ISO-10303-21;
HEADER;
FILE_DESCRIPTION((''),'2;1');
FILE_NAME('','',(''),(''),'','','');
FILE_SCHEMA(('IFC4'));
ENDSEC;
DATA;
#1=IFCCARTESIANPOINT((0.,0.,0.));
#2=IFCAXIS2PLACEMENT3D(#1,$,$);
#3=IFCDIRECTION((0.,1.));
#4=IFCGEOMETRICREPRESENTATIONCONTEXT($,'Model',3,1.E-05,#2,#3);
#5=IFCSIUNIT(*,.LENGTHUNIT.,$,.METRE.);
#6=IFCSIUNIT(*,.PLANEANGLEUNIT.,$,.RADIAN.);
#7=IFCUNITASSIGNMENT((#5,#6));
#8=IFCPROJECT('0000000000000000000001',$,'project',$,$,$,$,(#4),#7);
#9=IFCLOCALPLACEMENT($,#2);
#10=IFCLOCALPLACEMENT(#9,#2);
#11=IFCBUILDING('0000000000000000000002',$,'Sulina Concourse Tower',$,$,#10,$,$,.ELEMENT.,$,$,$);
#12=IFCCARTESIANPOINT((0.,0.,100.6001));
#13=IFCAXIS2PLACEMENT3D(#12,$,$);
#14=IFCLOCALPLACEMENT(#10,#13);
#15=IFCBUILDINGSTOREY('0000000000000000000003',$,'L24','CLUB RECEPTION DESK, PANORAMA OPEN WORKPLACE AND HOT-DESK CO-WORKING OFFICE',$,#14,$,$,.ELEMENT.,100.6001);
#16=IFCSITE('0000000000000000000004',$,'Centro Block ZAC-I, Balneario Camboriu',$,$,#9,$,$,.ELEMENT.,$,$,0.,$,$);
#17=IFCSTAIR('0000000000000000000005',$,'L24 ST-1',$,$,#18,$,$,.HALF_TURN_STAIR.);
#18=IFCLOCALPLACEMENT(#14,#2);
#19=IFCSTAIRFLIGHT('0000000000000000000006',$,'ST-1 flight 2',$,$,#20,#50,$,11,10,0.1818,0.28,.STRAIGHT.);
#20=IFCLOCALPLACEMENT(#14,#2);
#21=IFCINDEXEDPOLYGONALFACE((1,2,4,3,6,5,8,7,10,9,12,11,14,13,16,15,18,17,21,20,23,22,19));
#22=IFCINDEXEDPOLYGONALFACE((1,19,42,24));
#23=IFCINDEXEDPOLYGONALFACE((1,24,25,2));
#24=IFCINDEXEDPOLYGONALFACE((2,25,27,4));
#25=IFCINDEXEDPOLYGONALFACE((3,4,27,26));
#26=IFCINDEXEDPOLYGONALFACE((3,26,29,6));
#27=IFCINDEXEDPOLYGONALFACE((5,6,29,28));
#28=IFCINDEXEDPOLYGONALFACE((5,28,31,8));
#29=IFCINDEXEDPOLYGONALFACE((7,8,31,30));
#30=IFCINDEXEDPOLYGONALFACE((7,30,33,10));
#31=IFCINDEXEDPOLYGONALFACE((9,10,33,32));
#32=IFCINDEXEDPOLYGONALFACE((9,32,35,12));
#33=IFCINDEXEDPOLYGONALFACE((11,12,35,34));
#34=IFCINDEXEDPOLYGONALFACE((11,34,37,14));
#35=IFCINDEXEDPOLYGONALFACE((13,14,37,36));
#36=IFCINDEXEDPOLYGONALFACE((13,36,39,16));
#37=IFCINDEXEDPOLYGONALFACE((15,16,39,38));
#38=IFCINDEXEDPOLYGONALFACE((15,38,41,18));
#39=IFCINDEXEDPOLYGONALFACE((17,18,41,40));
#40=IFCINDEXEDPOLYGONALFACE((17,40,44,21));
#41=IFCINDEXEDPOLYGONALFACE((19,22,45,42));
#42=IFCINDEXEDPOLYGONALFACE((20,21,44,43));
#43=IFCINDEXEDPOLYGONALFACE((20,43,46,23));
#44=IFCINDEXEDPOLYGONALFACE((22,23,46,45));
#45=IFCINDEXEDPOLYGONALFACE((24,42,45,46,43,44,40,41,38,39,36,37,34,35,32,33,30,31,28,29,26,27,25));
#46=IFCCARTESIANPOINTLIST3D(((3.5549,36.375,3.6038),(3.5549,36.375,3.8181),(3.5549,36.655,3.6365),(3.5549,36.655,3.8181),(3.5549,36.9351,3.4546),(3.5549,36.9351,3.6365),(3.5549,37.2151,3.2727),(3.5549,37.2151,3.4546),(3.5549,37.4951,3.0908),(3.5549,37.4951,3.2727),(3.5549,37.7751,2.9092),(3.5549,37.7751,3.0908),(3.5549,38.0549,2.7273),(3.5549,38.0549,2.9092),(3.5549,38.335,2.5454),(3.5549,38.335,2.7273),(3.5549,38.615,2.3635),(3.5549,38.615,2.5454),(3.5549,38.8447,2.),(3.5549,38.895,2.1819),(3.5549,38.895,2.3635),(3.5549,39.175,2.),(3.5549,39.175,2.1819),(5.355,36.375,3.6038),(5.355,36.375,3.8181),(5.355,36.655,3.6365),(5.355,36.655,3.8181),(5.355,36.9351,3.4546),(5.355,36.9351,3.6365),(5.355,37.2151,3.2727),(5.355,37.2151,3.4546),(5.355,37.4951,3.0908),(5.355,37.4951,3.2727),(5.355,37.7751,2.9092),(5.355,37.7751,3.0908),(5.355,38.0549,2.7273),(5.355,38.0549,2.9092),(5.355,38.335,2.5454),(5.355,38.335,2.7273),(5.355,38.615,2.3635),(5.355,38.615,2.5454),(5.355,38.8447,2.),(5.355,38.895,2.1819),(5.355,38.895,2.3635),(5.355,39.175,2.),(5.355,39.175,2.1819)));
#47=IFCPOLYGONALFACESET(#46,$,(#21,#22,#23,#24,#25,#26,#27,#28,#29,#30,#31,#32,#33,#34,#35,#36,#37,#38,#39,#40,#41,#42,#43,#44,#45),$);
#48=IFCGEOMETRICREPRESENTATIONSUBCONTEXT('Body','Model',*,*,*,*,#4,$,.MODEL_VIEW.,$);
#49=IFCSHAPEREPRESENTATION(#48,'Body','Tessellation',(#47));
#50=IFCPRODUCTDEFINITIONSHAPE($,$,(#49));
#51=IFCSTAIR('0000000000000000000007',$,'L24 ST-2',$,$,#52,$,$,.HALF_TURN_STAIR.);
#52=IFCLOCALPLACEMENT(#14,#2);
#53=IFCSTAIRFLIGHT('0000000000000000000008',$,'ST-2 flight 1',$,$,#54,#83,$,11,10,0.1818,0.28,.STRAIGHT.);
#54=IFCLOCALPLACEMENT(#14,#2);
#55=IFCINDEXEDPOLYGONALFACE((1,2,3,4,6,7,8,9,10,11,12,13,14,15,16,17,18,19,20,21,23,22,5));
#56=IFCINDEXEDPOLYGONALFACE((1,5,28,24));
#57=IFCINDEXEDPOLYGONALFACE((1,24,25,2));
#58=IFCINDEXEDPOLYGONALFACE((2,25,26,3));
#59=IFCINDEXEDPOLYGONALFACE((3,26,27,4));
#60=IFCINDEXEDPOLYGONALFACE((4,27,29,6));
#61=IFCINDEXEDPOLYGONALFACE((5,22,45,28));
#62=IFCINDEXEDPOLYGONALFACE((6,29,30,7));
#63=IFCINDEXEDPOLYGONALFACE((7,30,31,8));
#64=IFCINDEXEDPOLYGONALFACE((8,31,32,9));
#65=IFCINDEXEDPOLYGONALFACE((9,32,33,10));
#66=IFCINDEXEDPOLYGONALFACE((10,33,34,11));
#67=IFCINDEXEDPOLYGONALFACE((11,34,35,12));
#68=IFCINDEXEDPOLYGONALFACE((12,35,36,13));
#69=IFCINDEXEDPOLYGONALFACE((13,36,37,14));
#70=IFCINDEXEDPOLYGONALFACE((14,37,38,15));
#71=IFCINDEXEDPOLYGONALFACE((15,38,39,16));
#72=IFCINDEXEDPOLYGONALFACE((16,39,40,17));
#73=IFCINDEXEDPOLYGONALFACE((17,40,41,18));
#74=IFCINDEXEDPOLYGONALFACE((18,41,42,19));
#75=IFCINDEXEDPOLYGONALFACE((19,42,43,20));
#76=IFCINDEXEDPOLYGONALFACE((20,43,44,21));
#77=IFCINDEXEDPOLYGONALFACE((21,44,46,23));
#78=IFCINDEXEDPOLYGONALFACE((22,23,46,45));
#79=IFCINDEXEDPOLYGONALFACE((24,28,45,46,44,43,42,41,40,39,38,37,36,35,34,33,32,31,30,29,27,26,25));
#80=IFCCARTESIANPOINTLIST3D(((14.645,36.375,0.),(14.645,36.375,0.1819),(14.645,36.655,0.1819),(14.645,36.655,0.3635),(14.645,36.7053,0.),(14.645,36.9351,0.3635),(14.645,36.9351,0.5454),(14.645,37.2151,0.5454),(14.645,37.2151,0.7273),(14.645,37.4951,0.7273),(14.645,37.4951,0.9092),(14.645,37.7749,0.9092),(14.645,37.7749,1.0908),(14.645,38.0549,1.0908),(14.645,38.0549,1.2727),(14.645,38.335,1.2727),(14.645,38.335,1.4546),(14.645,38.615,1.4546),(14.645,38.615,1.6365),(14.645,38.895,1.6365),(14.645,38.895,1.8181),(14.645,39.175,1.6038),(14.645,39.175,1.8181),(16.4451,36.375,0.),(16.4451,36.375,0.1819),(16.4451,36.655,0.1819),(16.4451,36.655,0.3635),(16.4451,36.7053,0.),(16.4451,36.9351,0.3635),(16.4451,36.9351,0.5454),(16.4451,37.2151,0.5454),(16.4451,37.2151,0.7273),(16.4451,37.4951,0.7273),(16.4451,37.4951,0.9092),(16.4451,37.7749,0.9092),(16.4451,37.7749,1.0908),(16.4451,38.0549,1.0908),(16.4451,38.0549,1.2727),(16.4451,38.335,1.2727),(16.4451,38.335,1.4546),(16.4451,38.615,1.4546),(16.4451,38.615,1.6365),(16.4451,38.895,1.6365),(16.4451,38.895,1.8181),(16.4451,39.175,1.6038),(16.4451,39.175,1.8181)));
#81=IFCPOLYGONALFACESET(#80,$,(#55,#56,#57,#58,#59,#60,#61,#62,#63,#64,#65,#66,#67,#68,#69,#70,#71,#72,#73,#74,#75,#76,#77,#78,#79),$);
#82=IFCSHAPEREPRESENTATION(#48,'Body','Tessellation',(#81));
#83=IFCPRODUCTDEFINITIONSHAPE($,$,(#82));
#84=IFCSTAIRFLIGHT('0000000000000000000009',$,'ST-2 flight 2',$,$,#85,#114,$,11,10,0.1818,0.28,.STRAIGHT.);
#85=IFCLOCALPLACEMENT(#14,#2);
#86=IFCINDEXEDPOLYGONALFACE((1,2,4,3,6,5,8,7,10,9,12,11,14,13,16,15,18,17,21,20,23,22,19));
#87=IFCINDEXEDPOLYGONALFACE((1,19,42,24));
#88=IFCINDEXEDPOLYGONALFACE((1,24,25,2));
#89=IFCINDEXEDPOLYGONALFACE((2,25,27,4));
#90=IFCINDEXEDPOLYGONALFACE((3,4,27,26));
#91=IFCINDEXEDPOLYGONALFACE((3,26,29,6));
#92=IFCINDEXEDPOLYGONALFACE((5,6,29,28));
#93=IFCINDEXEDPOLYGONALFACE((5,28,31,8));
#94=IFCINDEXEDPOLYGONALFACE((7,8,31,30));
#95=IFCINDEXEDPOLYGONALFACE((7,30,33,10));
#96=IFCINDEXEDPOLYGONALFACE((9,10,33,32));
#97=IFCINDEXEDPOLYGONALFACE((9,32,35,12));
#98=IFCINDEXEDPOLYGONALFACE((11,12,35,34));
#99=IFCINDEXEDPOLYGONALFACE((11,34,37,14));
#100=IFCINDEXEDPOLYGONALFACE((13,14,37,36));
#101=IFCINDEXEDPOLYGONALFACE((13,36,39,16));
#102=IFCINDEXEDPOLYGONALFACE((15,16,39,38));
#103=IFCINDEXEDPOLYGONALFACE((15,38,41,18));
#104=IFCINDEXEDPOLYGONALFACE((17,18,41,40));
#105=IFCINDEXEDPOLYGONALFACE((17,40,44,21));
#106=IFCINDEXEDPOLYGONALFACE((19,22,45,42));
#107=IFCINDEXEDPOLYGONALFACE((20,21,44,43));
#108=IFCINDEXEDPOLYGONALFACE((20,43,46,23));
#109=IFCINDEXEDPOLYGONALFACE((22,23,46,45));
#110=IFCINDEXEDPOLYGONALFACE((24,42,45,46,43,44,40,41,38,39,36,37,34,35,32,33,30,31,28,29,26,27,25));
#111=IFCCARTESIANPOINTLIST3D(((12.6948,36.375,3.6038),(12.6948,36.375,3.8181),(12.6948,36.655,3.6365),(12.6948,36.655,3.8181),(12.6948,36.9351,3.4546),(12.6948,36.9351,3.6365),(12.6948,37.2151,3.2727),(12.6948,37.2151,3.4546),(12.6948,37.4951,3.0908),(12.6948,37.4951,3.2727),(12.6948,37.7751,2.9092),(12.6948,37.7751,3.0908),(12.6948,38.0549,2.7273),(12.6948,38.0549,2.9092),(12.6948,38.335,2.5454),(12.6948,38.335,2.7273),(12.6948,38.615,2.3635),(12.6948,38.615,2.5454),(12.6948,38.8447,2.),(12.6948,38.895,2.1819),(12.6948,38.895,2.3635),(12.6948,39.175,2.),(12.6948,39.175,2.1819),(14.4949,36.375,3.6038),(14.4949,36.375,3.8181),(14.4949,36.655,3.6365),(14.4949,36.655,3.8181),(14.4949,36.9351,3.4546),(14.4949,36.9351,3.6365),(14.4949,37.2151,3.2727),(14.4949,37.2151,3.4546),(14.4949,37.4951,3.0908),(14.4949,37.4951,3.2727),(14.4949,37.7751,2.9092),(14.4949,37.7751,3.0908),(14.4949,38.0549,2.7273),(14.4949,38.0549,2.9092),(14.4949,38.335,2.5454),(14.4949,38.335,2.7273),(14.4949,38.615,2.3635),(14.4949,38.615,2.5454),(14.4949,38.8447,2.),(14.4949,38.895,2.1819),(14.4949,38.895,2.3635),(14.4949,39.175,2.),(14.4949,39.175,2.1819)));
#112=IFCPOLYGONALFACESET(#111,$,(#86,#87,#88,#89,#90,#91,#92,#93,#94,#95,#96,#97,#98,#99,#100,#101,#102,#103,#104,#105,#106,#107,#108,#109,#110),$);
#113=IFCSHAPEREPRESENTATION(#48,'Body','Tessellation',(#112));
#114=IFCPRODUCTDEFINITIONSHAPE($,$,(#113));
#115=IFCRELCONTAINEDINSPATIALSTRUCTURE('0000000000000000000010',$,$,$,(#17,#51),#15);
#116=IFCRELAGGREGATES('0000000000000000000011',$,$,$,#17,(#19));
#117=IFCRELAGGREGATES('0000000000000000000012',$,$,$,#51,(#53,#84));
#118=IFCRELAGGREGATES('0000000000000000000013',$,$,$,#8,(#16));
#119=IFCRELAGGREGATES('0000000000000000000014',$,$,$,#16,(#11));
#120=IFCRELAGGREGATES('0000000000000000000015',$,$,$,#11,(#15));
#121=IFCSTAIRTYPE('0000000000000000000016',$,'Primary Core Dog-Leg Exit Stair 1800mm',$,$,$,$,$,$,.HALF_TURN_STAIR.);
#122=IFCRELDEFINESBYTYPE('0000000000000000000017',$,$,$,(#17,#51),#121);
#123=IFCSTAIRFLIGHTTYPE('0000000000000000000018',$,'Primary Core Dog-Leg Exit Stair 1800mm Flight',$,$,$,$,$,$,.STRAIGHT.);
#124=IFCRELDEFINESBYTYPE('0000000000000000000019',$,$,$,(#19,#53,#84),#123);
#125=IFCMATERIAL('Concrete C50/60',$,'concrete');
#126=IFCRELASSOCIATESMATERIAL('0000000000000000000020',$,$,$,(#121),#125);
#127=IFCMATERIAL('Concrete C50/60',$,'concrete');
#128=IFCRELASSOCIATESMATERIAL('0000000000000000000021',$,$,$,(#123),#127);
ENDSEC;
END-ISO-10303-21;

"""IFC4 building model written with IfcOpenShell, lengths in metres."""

from ifc_helpers import new_model, si_unit, direction, frame, origin, place, context, subcontext, project, spatial, polyline, outline, extrude, material, type_object, element, aggregate, save


model = new_model("IFC4")

# Units and contexts
model_context = context("Model", 3, precision=1e-05, world=origin(), true_north=direction((0.0, 1.0)))
body_context = subcontext(model_context, "Body", "Model", "MODEL_VIEW")
ifc_project = project(units=[si_unit("LENGTHUNIT", "METRE"), si_unit("PLANEANGLEUNIT", "RADIAN")], contexts=[model_context])

# Site, building, storey
site_placement = place(None, origin())
site = spatial("IfcSite", under=ifc_project, at=site_placement, Name="Centro Block ZAC-I, Balneario Camboriu", CompositionType="ELEMENT", RefElevation=0.0)
building_placement = place(site_placement, origin())
building = spatial("IfcBuilding", under=site, at=building_placement, Name="Sulina Concourse Tower", CompositionType="ELEMENT")
storey_placement = place(building_placement, frame((0.0, 0.0, 100.6001)))
storey = spatial("IfcBuildingStorey", under=building, at=storey_placement, Name="L24", Description="CLUB RECEPTION DESK, PANORAMA OPEN WORKPLACE AND HOT-DESK CO-WORKING OFFICE", CompositionType="ELEMENT", Elevation=100.6001)

# Stairs, stair flights
ifc_material_1 = material(Name="Concrete C50/60", Category="concrete")
stair_type = type_object("IfcStairType", Name="Primary Core Dog-Leg Exit Stair 1800mm", PredefinedType="HALF_TURN_STAIR", material=ifc_material_1)
stair_1_placement = place(storey_placement, origin())
stair_1 = element("IfcStair", 1, at=stair_1_placement, inside=storey, type_object=stair_type, Name="L24 ST-1", PredefinedType="HALF_TURN_STAIR")
ifc_material_2 = material(Name="Concrete C50/60", Category="concrete")
stair_flight_type = type_object("IfcStairFlightType", Name="Primary Core Dog-Leg Exit Stair 1800mm Flight", PredefinedType="STRAIGHT", material=ifc_material_2)
stair_flight_1_placement = place(storey_placement, frame((4.4551, 39.175, 2.0), z_axis=(0.0, 0.0, 1.0), x_axis=(0.0, -1.0, 0.0)))
stair_flight_1 = element("IfcStairFlight", 2, at=stair_flight_1_placement, type_object=stair_flight_type, Name="ST-1 flight 2", NumberOfRisers=11, NumberOfTreads=10, PredefinedType="STRAIGHT", RiserHeight=0.1818, TreadLength=0.28, context=body_context, shape_type="SweptSolid", body=[
    extrude(outline(polyline([(0.0, 0.0), (0.0, 0.1819), (0.28, 0.1819), (0.28, 0.3635), (0.5601, 0.3635), (0.5601, 0.5454), (0.8401, 0.5454), (0.8401, 0.7273), (1.1201, 0.7273), (1.1201, 0.9092), (1.3999, 0.9092), (1.3999, 1.0908), (1.6799, 1.0908), (1.6799, 1.2727), (1.96, 1.2727), (1.96, 1.4546), (2.24, 1.4546), (2.24, 1.6365), (2.52, 1.6365), (2.52, 1.8181), (2.8, 1.8181), (2.8, 2.0), (2.8, 1.6038), (0.3303, 0.0), (0.0, 0.0)])), frame((0.0, 0.8999, 0.0), z_axis=(0.0, -1.0, 0.0), x_axis=(1.0, 0.0, 0.0)), (0.0, 0.0, 1.0), 1.8),
])
aggregate(stair_1, [stair_flight_1])
stair_2_placement = place(storey_placement, origin())
stair_2 = element("IfcStair", 3, at=stair_2_placement, inside=storey, type_object=stair_type, Name="L24 ST-2", PredefinedType="HALF_TURN_STAIR")
stair_flight_2_placement = place(storey_placement, frame((15.5449, 36.375, 0.0), z_axis=(0.0, 0.0, 1.0), x_axis=(0.0, 1.0, 0.0)))
stair_flight_2 = element("IfcStairFlight", 4, at=stair_flight_2_placement, type_object=stair_flight_type, Name="ST-2 flight 1", NumberOfRisers=11, NumberOfTreads=10, PredefinedType="STRAIGHT", RiserHeight=0.1818, TreadLength=0.28, context=body_context, shape_type="SweptSolid", body=[
    extrude(outline(polyline([(0.0, 0.0), (0.0, 0.1819), (0.28, 0.1819), (0.28, 0.3635), (0.5601, 0.3635), (0.5601, 0.5454), (0.8401, 0.5454), (0.8401, 0.7273), (1.1201, 0.7273), (1.1201, 0.9092), (1.3999, 0.9092), (1.3999, 1.0908), (1.6799, 1.0908), (1.6799, 1.2727), (1.96, 1.2727), (1.96, 1.4546), (2.24, 1.4546), (2.24, 1.6365), (2.52, 1.6365), (2.52, 1.8181), (2.8, 1.8181), (2.8, 2.0), (2.8, 1.6038), (0.3303, 0.0), (0.0, 0.0)])), frame((0.0, 0.8999, 0.0), z_axis=(0.0, -1.0, 0.0), x_axis=(1.0, 0.0, 0.0)), (0.0, 0.0, 1.0), 1.8),
])
stair_flight_3_placement = place(storey_placement, frame((13.595, 39.175, 2.0), z_axis=(0.0, 0.0, 1.0), x_axis=(0.0, -1.0, 0.0)))
stair_flight_3 = element("IfcStairFlight", 5, at=stair_flight_3_placement, type_object=stair_flight_type, Name="ST-2 flight 2", NumberOfRisers=11, NumberOfTreads=10, PredefinedType="STRAIGHT", RiserHeight=0.1818, TreadLength=0.28, context=body_context, shape_type="SweptSolid", body=[
    extrude(outline(polyline([(0.0, 0.0), (0.0, 0.1819), (0.28, 0.1819), (0.28, 0.3635), (0.5601, 0.3635), (0.5601, 0.5454), (0.8401, 0.5454), (0.8401, 0.7273), (1.1201, 0.7273), (1.1201, 0.9092), (1.3999, 0.9092), (1.3999, 1.0908), (1.6799, 1.0908), (1.6799, 1.2727), (1.96, 1.2727), (1.96, 1.4546), (2.24, 1.4546), (2.24, 1.6365), (2.52, 1.6365), (2.52, 1.8181), (2.8, 1.8181), (2.8, 2.0), (2.8, 1.6038), (0.3303, 0.0), (0.0, 0.0)])), frame((0.0, 0.8999, 0.0), z_axis=(0.0, -1.0, 0.0), x_axis=(1.0, 0.0, 0.0)), (0.0, 0.0, 1.0), 1.8),
])
aggregate(stair_2, [stair_flight_2, stair_flight_3])

save(model, "model.ifc")
